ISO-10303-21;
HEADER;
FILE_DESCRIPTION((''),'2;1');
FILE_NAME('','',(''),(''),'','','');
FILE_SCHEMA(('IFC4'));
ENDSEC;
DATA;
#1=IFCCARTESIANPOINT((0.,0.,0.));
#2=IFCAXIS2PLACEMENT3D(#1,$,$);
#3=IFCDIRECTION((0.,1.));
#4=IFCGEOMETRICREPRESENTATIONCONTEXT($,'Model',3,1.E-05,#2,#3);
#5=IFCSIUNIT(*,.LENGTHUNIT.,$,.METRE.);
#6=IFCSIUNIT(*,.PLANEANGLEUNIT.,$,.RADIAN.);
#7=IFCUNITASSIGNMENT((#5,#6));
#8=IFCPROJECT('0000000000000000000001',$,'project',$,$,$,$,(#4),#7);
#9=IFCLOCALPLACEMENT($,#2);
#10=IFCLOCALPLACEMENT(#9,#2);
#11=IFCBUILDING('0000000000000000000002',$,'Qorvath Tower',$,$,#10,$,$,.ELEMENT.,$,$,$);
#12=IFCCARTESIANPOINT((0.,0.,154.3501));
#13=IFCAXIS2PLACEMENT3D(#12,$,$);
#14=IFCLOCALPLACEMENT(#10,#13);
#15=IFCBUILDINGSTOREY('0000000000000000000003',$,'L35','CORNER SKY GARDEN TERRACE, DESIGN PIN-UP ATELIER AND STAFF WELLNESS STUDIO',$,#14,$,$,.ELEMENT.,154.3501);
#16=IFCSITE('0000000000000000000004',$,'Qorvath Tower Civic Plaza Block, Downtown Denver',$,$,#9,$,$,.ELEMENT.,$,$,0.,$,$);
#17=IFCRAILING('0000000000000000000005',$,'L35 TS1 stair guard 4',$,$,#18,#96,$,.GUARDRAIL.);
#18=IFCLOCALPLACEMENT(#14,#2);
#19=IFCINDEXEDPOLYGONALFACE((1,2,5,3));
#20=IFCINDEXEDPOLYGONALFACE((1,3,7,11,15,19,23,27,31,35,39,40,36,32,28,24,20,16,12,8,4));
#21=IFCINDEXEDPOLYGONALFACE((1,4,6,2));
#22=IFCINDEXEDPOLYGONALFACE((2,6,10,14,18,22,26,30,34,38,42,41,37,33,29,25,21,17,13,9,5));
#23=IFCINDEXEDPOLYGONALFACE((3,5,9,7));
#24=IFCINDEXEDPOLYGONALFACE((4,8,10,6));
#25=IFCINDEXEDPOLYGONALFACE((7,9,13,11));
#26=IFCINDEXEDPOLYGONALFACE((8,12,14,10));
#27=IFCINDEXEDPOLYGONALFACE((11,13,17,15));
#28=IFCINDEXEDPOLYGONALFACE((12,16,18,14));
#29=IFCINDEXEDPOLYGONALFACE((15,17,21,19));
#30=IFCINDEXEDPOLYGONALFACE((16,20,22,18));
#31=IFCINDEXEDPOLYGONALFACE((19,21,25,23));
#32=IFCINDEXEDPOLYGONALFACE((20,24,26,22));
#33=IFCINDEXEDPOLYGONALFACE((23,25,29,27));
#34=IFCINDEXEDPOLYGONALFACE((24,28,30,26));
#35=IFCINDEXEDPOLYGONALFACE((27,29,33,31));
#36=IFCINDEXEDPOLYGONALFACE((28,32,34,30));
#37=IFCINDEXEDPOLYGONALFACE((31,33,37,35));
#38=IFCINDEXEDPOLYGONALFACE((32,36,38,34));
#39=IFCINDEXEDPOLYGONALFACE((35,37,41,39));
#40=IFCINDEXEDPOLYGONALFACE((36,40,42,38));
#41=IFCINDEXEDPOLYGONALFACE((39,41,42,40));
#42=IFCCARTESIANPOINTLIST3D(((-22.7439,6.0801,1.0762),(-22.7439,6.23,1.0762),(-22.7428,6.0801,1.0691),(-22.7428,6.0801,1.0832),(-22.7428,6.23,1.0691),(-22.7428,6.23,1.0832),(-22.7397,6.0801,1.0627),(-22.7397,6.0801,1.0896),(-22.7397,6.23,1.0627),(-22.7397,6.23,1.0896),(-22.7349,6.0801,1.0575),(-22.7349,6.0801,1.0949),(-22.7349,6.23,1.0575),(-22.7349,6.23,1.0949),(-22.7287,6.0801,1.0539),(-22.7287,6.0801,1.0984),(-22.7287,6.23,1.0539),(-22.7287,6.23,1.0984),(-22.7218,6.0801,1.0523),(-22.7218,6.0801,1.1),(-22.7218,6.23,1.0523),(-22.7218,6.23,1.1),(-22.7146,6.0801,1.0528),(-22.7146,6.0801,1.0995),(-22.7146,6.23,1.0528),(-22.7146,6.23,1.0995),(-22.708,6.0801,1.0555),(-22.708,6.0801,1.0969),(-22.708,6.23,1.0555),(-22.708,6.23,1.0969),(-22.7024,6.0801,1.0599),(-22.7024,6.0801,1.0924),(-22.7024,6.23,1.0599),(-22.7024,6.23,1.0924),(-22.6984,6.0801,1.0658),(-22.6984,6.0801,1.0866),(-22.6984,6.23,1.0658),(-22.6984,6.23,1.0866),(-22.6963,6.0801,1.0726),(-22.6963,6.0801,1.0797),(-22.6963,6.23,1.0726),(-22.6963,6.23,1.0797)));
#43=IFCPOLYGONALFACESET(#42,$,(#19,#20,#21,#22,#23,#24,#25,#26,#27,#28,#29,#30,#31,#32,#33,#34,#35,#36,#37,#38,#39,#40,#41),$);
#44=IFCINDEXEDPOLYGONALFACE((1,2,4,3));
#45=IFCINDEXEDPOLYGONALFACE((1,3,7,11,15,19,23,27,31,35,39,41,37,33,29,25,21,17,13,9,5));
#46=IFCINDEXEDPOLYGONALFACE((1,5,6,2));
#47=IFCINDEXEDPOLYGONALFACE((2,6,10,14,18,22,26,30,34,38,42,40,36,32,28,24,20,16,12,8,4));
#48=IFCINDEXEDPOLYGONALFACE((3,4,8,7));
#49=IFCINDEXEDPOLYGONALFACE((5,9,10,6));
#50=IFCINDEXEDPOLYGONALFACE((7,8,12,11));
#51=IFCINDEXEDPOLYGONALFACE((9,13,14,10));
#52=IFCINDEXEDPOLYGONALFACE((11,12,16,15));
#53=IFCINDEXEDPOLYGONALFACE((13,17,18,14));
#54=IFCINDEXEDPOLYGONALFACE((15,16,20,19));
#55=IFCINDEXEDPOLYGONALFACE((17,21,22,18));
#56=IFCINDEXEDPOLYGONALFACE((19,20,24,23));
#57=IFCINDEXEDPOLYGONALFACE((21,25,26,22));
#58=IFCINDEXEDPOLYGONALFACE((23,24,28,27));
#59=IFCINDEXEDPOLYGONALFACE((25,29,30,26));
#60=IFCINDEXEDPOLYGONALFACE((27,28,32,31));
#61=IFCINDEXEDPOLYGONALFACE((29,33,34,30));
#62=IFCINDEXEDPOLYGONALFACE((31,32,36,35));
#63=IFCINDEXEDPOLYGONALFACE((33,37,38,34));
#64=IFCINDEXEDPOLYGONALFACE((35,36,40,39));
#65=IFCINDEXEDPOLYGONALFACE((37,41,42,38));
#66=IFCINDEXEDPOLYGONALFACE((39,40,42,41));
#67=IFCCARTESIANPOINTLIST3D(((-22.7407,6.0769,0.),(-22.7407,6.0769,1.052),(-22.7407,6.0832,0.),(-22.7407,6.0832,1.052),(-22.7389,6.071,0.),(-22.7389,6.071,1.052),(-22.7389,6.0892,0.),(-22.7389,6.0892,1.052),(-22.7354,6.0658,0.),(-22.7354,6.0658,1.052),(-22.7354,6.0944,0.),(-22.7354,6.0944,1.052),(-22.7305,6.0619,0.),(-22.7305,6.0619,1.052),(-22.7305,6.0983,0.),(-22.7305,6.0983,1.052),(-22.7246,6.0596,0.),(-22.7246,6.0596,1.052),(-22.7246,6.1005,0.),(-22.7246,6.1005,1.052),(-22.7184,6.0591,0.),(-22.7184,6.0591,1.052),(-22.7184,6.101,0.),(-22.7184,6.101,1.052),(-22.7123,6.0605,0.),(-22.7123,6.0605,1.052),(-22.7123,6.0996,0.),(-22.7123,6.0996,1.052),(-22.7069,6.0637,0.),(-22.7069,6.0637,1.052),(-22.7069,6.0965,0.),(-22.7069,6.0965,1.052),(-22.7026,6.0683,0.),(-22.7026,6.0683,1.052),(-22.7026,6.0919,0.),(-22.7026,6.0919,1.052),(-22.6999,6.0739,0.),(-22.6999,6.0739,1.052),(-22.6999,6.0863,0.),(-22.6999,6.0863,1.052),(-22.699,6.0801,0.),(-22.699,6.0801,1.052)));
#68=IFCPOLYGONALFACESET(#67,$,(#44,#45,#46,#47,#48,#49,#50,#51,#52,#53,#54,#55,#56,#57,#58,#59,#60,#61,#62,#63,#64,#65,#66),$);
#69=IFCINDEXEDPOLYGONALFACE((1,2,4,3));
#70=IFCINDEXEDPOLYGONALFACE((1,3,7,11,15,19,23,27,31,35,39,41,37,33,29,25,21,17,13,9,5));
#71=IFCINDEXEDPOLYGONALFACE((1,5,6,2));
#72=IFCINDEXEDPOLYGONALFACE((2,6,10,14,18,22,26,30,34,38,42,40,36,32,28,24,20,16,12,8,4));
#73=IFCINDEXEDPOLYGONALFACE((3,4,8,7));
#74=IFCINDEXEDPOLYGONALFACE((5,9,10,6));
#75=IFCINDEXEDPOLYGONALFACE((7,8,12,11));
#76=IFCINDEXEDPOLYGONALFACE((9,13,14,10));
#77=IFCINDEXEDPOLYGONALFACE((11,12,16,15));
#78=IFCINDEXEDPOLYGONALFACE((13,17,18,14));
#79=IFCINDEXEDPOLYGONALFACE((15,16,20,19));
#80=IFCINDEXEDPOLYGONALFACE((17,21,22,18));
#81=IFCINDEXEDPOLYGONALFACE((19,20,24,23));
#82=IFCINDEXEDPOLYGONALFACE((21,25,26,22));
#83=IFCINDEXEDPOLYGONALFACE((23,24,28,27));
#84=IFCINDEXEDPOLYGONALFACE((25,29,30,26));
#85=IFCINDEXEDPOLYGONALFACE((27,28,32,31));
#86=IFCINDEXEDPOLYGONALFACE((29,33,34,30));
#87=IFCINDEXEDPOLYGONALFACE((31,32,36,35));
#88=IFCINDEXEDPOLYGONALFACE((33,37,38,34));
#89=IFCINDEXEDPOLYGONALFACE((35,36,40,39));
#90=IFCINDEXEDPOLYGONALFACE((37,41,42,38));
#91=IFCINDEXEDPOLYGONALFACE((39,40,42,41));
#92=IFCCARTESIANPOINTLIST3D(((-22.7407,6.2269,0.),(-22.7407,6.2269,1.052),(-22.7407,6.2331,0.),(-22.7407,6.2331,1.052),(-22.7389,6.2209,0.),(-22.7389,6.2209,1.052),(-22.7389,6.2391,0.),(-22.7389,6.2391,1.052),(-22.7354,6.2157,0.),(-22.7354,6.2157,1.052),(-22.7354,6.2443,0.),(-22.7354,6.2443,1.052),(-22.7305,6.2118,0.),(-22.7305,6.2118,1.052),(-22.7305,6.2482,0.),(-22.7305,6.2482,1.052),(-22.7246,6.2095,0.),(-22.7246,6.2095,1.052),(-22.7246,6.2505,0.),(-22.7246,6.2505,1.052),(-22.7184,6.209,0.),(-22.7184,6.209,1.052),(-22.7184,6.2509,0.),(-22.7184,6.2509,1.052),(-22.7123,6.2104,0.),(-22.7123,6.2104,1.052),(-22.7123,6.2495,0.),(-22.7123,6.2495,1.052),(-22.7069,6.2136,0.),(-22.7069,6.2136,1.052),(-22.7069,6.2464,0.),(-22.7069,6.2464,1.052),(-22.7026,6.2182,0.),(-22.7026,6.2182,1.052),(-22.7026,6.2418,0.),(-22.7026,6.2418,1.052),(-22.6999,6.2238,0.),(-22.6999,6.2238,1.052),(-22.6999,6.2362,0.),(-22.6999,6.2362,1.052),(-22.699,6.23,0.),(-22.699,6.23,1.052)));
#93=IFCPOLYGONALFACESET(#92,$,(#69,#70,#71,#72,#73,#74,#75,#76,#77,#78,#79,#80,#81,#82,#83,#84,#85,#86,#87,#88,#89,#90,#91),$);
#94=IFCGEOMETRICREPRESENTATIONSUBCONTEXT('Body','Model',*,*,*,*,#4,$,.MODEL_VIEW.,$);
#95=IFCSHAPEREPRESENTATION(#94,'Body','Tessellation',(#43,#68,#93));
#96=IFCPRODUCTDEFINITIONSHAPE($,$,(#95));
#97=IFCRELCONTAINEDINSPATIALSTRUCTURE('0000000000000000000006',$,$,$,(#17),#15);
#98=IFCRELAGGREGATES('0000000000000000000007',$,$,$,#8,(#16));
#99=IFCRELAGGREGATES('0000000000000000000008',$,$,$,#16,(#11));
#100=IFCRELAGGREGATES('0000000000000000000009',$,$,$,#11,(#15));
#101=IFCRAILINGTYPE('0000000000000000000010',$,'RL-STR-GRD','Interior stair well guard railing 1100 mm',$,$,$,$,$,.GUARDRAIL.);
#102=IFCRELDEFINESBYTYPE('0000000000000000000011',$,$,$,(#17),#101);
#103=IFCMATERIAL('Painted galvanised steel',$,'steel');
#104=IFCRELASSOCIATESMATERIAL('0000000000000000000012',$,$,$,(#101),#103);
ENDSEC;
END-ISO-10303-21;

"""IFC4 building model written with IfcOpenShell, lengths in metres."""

from ifc_helpers import new_model, si_unit, direction, frame, origin, origin_2d, place, context, subcontext, project, spatial, circle, extrude, material, type_object, element, save


model = new_model("IFC4")

# Units and contexts
model_context = context("Model", 3, precision=1e-05, world=origin(), true_north=direction((0.0, 1.0)))
body_context = subcontext(model_context, "Body", "Model", "MODEL_VIEW")
ifc_project = project(units=[si_unit("LENGTHUNIT", "METRE"), si_unit("PLANEANGLEUNIT", "RADIAN")], contexts=[model_context])

# Site, building, storey
site_placement = place(None, origin())
site = spatial("IfcSite", under=ifc_project, at=site_placement, Name="Qorvath Tower Civic Plaza Block, Downtown Denver", CompositionType="ELEMENT", RefElevation=0.0)
building_placement = place(site_placement, origin())
building = spatial("IfcBuilding", under=site, at=building_placement, Name="Qorvath Tower", CompositionType="ELEMENT")
storey_placement = place(building_placement, frame((0.0, 0.0, 154.3501)))
storey = spatial("IfcBuildingStorey", under=building, at=storey_placement, Name="L35", Description="CORNER SKY GARDEN TERRACE, DESIGN PIN-UP ATELIER AND STAFF WELLNESS STUDIO", CompositionType="ELEMENT", Elevation=154.3501)

# Railing
ifc_material_1 = material(Name="Painted galvanised steel", Category="steel")
railing_type_1 = type_object("IfcRailingType", Name="RL-STR-GRD", Description="Interior stair well guard railing 1100 mm", PredefinedType="GUARDRAIL", material=ifc_material_1)
railing_1_placement = place(storey_placement, frame((-22.72, 6.0801, 0.0)))
element("IfcRailing", 1, at=railing_1_placement, inside=storey, type_object=railing_type_1, Name="L35 TS1 stair guard 4", PredefinedType="GUARDRAIL", context=body_context, shape_type="SweptSolid", body=[
    extrude(circle(Radius=0.0239, at=origin_2d()), frame((0.0, 0.0, 1.0762), z_axis=(0.0, 1.0, 0.0), x_axis=(-1.0, 0.0, 0.0)), (0.0, 0.0, 1.0), 0.1499),
    extrude(circle(Radius=0.021, at=origin_2d()), origin(), (0.0, 0.0, 1.0), 1.052),
    extrude(circle(Radius=0.021, at=origin_2d()), frame((0.0, 0.1499, 0.0)), (0.0, 0.0, 1.0), 1.052),
])

save(model, "model.ifc")
